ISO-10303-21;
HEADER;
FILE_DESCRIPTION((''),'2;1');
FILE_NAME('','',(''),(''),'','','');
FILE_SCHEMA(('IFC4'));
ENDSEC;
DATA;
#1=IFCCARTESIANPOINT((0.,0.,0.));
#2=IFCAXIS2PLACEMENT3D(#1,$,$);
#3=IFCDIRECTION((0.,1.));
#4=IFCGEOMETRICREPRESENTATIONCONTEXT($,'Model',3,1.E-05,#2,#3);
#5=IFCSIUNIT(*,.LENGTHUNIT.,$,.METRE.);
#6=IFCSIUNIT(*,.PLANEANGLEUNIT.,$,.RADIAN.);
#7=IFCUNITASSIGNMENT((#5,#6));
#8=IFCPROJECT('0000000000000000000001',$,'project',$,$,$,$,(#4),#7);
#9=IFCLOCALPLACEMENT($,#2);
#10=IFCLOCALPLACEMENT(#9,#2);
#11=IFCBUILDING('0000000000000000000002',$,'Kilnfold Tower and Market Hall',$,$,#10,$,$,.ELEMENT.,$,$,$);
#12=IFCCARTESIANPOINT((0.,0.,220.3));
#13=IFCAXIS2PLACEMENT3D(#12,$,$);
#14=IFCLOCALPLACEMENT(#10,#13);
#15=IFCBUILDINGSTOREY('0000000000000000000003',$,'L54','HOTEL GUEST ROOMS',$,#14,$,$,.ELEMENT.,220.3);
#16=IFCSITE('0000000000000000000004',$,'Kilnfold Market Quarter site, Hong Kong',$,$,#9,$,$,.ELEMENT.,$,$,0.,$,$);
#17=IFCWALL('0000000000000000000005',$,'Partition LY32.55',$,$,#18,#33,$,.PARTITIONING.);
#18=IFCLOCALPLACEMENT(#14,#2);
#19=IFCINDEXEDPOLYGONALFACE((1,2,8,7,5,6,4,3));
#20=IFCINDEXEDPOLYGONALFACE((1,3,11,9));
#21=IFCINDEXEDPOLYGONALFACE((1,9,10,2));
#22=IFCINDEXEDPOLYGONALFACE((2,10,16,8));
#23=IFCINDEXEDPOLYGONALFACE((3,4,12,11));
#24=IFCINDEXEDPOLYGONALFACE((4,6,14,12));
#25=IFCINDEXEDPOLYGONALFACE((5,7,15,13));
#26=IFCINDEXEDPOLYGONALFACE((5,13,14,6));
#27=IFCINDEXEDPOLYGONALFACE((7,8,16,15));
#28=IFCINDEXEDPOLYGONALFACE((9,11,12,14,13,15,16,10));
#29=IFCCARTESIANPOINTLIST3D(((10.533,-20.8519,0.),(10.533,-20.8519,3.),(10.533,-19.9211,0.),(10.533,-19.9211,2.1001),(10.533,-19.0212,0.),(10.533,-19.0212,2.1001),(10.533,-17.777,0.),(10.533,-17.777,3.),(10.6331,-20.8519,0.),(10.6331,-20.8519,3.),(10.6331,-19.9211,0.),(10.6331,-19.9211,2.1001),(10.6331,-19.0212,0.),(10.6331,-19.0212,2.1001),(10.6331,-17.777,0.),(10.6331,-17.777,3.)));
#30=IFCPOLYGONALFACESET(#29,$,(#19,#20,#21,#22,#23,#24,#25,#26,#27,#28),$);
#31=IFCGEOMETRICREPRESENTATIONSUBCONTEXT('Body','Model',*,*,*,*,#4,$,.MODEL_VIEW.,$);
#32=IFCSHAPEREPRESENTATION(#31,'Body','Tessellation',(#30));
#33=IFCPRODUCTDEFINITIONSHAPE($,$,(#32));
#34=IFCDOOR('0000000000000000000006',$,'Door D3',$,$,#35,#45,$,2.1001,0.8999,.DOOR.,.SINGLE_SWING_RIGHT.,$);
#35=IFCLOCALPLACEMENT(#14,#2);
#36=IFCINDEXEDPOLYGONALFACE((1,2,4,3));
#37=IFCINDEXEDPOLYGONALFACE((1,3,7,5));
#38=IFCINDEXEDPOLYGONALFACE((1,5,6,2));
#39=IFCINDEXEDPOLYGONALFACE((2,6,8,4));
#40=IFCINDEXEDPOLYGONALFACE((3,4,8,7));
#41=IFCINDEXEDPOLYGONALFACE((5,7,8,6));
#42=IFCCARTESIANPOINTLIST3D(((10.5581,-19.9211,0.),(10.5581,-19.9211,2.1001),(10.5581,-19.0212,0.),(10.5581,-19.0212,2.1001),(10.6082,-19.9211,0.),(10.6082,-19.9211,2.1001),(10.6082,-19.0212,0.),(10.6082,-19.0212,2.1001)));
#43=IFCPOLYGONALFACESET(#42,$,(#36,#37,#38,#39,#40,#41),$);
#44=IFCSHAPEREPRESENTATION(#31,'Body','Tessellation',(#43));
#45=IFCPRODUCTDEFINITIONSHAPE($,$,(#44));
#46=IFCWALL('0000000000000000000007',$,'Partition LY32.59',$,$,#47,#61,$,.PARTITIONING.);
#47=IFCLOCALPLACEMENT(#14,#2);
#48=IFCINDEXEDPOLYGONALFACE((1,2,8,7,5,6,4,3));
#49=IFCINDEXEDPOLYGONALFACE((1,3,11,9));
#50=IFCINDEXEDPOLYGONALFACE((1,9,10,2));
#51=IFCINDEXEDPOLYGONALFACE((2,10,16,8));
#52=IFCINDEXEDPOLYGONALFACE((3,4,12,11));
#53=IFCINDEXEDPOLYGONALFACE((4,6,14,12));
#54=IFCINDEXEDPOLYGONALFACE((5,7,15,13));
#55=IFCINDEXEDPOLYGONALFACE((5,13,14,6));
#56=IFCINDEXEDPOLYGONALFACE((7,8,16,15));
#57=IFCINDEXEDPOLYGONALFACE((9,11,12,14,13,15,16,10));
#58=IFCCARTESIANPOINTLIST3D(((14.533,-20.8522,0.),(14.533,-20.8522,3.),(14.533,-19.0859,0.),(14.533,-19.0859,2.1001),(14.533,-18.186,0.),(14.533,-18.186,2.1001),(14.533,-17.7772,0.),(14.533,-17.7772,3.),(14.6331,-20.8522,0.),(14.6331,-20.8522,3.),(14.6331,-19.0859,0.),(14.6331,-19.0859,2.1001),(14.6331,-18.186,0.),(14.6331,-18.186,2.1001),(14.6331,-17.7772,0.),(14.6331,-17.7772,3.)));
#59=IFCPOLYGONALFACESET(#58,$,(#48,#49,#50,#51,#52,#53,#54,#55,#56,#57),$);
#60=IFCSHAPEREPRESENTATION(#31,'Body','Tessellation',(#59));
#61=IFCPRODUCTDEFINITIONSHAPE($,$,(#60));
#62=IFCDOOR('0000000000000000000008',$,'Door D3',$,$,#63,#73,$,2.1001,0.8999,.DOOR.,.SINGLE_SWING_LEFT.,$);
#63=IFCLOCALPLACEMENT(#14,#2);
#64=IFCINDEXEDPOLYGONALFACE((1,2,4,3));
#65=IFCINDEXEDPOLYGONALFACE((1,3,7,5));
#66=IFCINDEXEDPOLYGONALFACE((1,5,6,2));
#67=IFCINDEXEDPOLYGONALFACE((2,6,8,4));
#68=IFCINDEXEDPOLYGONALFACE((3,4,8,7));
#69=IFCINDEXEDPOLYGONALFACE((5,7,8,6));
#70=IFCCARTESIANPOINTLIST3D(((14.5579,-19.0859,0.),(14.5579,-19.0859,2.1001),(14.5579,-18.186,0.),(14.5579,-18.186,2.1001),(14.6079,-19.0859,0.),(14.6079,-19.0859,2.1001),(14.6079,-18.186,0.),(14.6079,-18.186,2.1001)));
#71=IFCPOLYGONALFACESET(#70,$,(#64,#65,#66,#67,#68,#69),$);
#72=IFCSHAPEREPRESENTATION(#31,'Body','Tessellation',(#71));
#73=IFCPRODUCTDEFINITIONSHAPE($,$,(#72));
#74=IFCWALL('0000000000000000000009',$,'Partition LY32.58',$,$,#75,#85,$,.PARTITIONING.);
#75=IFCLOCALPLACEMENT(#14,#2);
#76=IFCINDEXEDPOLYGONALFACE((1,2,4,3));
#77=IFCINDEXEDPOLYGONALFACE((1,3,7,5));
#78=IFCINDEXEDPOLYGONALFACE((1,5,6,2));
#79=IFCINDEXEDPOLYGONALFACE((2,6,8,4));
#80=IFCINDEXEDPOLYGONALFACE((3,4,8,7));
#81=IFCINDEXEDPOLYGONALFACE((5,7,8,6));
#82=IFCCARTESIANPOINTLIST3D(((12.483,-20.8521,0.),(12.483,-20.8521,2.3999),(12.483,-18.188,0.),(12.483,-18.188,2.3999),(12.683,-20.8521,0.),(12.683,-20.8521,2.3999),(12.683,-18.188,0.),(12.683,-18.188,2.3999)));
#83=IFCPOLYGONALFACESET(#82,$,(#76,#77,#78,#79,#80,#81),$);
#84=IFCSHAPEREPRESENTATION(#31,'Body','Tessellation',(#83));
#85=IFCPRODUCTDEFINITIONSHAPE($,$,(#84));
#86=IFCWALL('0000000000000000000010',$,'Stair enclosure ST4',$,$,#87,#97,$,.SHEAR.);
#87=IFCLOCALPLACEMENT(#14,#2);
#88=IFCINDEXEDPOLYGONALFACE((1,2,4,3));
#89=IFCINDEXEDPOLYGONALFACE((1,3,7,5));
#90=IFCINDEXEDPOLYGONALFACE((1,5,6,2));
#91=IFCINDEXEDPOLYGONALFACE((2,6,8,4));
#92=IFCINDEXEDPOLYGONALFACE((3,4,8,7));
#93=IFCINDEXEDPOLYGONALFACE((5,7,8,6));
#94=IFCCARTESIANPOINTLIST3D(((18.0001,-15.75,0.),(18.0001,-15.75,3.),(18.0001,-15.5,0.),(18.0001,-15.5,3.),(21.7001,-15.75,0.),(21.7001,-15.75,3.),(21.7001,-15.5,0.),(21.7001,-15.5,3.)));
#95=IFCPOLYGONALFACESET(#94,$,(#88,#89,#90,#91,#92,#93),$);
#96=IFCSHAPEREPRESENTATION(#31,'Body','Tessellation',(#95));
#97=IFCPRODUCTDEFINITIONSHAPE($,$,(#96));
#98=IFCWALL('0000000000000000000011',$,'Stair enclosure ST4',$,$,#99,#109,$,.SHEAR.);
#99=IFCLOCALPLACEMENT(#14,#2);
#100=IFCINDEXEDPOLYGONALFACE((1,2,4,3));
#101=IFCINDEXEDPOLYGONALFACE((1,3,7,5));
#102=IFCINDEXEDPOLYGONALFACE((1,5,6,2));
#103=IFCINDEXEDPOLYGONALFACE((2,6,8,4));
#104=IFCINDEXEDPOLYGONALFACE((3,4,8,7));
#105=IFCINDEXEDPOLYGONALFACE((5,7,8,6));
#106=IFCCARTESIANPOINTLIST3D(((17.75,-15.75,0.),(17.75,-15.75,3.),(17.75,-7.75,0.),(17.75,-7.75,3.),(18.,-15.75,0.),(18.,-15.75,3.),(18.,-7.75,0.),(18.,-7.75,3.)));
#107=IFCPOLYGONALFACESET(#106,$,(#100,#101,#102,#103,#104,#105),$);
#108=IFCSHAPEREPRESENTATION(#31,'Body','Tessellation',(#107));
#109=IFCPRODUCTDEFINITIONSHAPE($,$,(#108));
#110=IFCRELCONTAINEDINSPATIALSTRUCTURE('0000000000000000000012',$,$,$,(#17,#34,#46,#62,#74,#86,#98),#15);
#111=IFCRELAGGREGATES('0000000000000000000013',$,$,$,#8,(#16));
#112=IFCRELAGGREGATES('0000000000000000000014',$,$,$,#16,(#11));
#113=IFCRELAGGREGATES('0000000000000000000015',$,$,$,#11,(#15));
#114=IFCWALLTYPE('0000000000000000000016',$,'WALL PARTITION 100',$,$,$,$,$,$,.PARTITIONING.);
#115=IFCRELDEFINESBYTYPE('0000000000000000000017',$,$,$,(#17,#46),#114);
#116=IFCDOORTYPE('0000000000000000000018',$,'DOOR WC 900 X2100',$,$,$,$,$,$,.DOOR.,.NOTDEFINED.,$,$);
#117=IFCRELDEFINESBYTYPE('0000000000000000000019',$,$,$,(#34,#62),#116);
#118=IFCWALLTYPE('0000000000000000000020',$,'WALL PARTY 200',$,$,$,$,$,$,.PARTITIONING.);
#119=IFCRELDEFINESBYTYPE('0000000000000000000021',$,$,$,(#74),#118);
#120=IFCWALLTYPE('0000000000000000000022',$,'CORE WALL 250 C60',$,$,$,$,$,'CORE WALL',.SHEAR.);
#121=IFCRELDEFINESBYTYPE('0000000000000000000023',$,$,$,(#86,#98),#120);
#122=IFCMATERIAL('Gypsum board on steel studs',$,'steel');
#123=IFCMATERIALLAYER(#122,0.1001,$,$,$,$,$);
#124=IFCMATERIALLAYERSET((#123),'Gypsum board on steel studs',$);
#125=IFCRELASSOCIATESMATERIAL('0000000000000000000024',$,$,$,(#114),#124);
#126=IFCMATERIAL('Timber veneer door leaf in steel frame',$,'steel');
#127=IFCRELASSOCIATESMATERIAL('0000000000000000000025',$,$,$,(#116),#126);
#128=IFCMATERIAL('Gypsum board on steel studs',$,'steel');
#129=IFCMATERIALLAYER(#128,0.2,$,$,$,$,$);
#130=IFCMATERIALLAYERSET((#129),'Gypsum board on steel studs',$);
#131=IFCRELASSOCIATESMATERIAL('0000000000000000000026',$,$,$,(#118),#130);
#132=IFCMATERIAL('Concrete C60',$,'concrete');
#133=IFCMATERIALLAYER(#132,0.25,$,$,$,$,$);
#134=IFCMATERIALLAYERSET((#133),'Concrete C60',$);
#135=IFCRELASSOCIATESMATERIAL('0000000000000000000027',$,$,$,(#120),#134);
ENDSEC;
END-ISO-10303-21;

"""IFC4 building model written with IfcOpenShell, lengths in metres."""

from ifc_helpers import new_model, si_unit, direction, frame, frame_2d, origin, place, context, subcontext, project, spatial, rectangle, extrude, source, transform, mapped, material, layer, layer_set, type_object, element, fill, save


model = new_model("IFC4")

# Units and contexts
model_context = context("Model", 3, precision=1e-05, world=origin(), true_north=direction((0.0, 1.0)))
body_context = subcontext(model_context, "Body", "Model", "MODEL_VIEW")
ifc_project = project(units=[si_unit("LENGTHUNIT", "METRE"), si_unit("PLANEANGLEUNIT", "RADIAN")], contexts=[model_context])

# Site, building, storey
site_placement = place(None, origin())
site = spatial("IfcSite", under=ifc_project, at=site_placement, Name="Kilnfold Market Quarter site, Hong Kong", CompositionType="ELEMENT", RefElevation=0.0)
building_placement = place(site_placement, origin())
building = spatial("IfcBuilding", under=site, at=building_placement, Name="Kilnfold Tower and Market Hall", CompositionType="ELEMENT")
storey_placement = place(building_placement, frame((0.0, 0.0, 220.3)))
storey = spatial("IfcBuildingStorey", under=building, at=storey_placement, Name="L54", Description="HOTEL GUEST ROOMS", CompositionType="ELEMENT", Elevation=220.3)

# Walls, openings, doors
ifc_material_1 = material(Name="Gypsum board on steel studs", Category="steel")
ifc_layer_1 = layer(ifc_material_1, 0.1001)
ifc_layer_set_1 = layer_set([ifc_layer_1], Name="Gypsum board on steel studs")
wall_type_1 = type_object("IfcWallType", Name="WALL PARTITION 100", PredefinedType="PARTITIONING", material=ifc_layer_set_1)
wall_1_placement = place(storey_placement, frame((10.583, -20.8521, 0.0), z_axis=(0.0, 0.0, 1.0), x_axis=(0.0, 1.0, 0.0)))
wall_1 = element("IfcWall", 1, at=wall_1_placement, inside=storey, type_object=wall_type_1, Name="Partition LY32.55", PredefinedType="PARTITIONING", context=body_context, shape_type="SweptSolid", body=[
    extrude(rectangle(XDim=3.075, YDim=0.1001, at=frame_2d((1.5376, 0.0))), origin(), (0.0, 0.0, 1.0), 3.0),
])
opening_1_placement = place(wall_1_placement, frame((0.9309, 0.0, 0.0)))
opening_1 = element("IfcOpeningElement", 2, at=opening_1_placement, cuts=wall_1, PredefinedType="OPENING", context=body_context, shape_type="SweptSolid", body=[
    extrude(rectangle(XDim=0.8999, YDim=2.1001, at=frame_2d((0.45, 1.05))), frame((0.0, 0.0601, 0.0), z_axis=(0.0, -1.0, 0.0), x_axis=(1.0, 0.0, 0.0)), (0.0, 0.0, 1.0), 0.1201),
])
ifc_material_2 = material(Name="Timber veneer door leaf in steel frame", Category="steel")
door_type_1 = type_object("IfcDoorType", Name="DOOR WC 900 X2100", OperationType="NOTDEFINED", PredefinedType="DOOR", material=ifc_material_2)
door_1_placement = place(opening_1_placement, origin())
door_1 = element("IfcDoor", 3, at=door_1_placement, inside=storey, type_object=door_type_1, Name="Door D3", OperationType="SINGLE_SWING_RIGHT", OverallHeight=2.1001, OverallWidth=0.8999, PredefinedType="DOOR", context=body_context, shape_type="SweptSolid", body=[
    extrude(rectangle(XDim=0.8999, YDim=2.1001, at=frame_2d((0.45, 1.05))), frame((0.0, 0.0249, 0.0), z_axis=(0.0, -1.0, 0.0), x_axis=(1.0, 0.0, 0.0)), (0.0, 0.0, 1.0), 0.05),
])
fill(opening_1, door_1)
wall_2_placement = place(storey_placement, frame((14.583, -17.7771, 0.0), z_axis=(0.0, 0.0, 1.0), x_axis=(0.0, -1.0, 0.0)))
wall_2 = element("IfcWall", 4, at=wall_2_placement, inside=storey, type_object=wall_type_1, Name="Partition LY32.59", PredefinedType="PARTITIONING", context=body_context, shape_type="SweptSolid", body=[
    extrude(rectangle(XDim=3.075, YDim=0.1001, at=frame_2d((1.5376, 0.0))), origin(), (0.0, 0.0, 1.0), 3.0),
])
opening_2_placement = place(wall_2_placement, frame((0.4089, 0.0, 0.0)))
opening_2 = element("IfcOpeningElement", 5, at=opening_2_placement, cuts=wall_2, PredefinedType="OPENING", context=body_context, shape_type="SweptSolid", body=[
    extrude(rectangle(XDim=0.8999, YDim=2.1001, at=frame_2d((0.45, 1.05))), frame((0.0, 0.0601, 0.0), z_axis=(0.0, -1.0, 0.0), x_axis=(1.0, 0.0, 0.0)), (0.0, 0.0, 1.0), 0.1201),
])
door_2_placement = place(opening_2_placement, origin())
door_2 = element("IfcDoor", 6, at=door_2_placement, inside=storey, type_object=door_type_1, Name="Door D3", OperationType="SINGLE_SWING_LEFT", OverallHeight=2.1001, OverallWidth=0.8999, PredefinedType="DOOR", context=body_context, shape_type="SweptSolid", body=[
    extrude(rectangle(XDim=0.8999, YDim=2.1001, at=frame_2d((0.45, 1.05))), frame((0.0, 0.0249, 0.0), z_axis=(0.0, -1.0, 0.0), x_axis=(1.0, 0.0, 0.0)), (0.0, 0.0, 1.0), 0.05),
])
fill(opening_2, door_2)

# Walls
ifc_material_3 = material(Name="Gypsum board on steel studs", Category="steel")
ifc_layer_2 = layer(ifc_material_3, 0.2)
ifc_layer_set_2 = layer_set([ifc_layer_2], Name="Gypsum board on steel studs")
wall_type_2 = type_object("IfcWallType", Name="WALL PARTY 200", PredefinedType="PARTITIONING", material=ifc_layer_set_2)
wall_3_placement = place(storey_placement, frame((12.583, -20.8521, 0.0), z_axis=(0.0, 0.0, 1.0), x_axis=(0.0, 1.0, 0.0)))
element("IfcWall", 7, at=wall_3_placement, inside=storey, type_object=wall_type_2, Name="Partition LY32.58", PredefinedType="PARTITIONING", context=body_context, shape_type="SweptSolid", body=[
    extrude(rectangle(XDim=2.6641, YDim=0.2, at=frame_2d((1.332, 0.0))), origin(), (0.0, 0.0, 1.0), 2.3999),
])
ifc_material_4 = material(Name="Concrete C60", Category="concrete")
ifc_layer_3 = layer(ifc_material_4, 0.25)
ifc_layer_set_3 = layer_set([ifc_layer_3], Name="Concrete C60")
wall_type_3 = type_object("IfcWallType", Name="CORE WALL 250 C60", ElementType="CORE WALL", PredefinedType="SHEAR", material=ifc_layer_set_3)
shared_shape_1 = source(origin(), body_context, "Body", "SweptSolid", [
    extrude(rectangle(XDim=3.7, YDim=0.25, at=frame_2d((1.8501, 0.0))), origin(), (0.0, 0.0, 1.0), 3.0),
])
wall_4_placement = place(storey_placement, frame((18.0, -15.625, 0.0), z_axis=(0.0, 0.0, 1.0), x_axis=(1.0, 0.0, 0.0)))
element("IfcWall", 8, at=wall_4_placement, inside=storey, type_object=wall_type_3, Name="Stair enclosure ST4", PredefinedType="SHEAR", context=body_context, shape_type="MappedRepresentation", body=[
    mapped(shared_shape_1, transform((0.0, 0.0, 0.0))),
])
shared_shape_2 = source(origin(), body_context, "Body", "SweptSolid", [
    extrude(rectangle(XDim=8.0, YDim=0.25, at=frame_2d((4.0, 0.0))), origin(), (0.0, 0.0, 1.0), 3.0),
])
wall_5_placement = place(storey_placement, frame((17.875, -15.75, 0.0), z_axis=(0.0, 0.0, 1.0), x_axis=(0.0, 1.0, 0.0)))
element("IfcWall", 9, at=wall_5_placement, inside=storey, type_object=wall_type_3, Name="Stair enclosure ST4", PredefinedType="SHEAR", context=body_context, shape_type="MappedRepresentation", body=[
    mapped(shared_shape_2, transform((0.0, 0.0, 0.0))),
])

save(model, "model.ifc")
